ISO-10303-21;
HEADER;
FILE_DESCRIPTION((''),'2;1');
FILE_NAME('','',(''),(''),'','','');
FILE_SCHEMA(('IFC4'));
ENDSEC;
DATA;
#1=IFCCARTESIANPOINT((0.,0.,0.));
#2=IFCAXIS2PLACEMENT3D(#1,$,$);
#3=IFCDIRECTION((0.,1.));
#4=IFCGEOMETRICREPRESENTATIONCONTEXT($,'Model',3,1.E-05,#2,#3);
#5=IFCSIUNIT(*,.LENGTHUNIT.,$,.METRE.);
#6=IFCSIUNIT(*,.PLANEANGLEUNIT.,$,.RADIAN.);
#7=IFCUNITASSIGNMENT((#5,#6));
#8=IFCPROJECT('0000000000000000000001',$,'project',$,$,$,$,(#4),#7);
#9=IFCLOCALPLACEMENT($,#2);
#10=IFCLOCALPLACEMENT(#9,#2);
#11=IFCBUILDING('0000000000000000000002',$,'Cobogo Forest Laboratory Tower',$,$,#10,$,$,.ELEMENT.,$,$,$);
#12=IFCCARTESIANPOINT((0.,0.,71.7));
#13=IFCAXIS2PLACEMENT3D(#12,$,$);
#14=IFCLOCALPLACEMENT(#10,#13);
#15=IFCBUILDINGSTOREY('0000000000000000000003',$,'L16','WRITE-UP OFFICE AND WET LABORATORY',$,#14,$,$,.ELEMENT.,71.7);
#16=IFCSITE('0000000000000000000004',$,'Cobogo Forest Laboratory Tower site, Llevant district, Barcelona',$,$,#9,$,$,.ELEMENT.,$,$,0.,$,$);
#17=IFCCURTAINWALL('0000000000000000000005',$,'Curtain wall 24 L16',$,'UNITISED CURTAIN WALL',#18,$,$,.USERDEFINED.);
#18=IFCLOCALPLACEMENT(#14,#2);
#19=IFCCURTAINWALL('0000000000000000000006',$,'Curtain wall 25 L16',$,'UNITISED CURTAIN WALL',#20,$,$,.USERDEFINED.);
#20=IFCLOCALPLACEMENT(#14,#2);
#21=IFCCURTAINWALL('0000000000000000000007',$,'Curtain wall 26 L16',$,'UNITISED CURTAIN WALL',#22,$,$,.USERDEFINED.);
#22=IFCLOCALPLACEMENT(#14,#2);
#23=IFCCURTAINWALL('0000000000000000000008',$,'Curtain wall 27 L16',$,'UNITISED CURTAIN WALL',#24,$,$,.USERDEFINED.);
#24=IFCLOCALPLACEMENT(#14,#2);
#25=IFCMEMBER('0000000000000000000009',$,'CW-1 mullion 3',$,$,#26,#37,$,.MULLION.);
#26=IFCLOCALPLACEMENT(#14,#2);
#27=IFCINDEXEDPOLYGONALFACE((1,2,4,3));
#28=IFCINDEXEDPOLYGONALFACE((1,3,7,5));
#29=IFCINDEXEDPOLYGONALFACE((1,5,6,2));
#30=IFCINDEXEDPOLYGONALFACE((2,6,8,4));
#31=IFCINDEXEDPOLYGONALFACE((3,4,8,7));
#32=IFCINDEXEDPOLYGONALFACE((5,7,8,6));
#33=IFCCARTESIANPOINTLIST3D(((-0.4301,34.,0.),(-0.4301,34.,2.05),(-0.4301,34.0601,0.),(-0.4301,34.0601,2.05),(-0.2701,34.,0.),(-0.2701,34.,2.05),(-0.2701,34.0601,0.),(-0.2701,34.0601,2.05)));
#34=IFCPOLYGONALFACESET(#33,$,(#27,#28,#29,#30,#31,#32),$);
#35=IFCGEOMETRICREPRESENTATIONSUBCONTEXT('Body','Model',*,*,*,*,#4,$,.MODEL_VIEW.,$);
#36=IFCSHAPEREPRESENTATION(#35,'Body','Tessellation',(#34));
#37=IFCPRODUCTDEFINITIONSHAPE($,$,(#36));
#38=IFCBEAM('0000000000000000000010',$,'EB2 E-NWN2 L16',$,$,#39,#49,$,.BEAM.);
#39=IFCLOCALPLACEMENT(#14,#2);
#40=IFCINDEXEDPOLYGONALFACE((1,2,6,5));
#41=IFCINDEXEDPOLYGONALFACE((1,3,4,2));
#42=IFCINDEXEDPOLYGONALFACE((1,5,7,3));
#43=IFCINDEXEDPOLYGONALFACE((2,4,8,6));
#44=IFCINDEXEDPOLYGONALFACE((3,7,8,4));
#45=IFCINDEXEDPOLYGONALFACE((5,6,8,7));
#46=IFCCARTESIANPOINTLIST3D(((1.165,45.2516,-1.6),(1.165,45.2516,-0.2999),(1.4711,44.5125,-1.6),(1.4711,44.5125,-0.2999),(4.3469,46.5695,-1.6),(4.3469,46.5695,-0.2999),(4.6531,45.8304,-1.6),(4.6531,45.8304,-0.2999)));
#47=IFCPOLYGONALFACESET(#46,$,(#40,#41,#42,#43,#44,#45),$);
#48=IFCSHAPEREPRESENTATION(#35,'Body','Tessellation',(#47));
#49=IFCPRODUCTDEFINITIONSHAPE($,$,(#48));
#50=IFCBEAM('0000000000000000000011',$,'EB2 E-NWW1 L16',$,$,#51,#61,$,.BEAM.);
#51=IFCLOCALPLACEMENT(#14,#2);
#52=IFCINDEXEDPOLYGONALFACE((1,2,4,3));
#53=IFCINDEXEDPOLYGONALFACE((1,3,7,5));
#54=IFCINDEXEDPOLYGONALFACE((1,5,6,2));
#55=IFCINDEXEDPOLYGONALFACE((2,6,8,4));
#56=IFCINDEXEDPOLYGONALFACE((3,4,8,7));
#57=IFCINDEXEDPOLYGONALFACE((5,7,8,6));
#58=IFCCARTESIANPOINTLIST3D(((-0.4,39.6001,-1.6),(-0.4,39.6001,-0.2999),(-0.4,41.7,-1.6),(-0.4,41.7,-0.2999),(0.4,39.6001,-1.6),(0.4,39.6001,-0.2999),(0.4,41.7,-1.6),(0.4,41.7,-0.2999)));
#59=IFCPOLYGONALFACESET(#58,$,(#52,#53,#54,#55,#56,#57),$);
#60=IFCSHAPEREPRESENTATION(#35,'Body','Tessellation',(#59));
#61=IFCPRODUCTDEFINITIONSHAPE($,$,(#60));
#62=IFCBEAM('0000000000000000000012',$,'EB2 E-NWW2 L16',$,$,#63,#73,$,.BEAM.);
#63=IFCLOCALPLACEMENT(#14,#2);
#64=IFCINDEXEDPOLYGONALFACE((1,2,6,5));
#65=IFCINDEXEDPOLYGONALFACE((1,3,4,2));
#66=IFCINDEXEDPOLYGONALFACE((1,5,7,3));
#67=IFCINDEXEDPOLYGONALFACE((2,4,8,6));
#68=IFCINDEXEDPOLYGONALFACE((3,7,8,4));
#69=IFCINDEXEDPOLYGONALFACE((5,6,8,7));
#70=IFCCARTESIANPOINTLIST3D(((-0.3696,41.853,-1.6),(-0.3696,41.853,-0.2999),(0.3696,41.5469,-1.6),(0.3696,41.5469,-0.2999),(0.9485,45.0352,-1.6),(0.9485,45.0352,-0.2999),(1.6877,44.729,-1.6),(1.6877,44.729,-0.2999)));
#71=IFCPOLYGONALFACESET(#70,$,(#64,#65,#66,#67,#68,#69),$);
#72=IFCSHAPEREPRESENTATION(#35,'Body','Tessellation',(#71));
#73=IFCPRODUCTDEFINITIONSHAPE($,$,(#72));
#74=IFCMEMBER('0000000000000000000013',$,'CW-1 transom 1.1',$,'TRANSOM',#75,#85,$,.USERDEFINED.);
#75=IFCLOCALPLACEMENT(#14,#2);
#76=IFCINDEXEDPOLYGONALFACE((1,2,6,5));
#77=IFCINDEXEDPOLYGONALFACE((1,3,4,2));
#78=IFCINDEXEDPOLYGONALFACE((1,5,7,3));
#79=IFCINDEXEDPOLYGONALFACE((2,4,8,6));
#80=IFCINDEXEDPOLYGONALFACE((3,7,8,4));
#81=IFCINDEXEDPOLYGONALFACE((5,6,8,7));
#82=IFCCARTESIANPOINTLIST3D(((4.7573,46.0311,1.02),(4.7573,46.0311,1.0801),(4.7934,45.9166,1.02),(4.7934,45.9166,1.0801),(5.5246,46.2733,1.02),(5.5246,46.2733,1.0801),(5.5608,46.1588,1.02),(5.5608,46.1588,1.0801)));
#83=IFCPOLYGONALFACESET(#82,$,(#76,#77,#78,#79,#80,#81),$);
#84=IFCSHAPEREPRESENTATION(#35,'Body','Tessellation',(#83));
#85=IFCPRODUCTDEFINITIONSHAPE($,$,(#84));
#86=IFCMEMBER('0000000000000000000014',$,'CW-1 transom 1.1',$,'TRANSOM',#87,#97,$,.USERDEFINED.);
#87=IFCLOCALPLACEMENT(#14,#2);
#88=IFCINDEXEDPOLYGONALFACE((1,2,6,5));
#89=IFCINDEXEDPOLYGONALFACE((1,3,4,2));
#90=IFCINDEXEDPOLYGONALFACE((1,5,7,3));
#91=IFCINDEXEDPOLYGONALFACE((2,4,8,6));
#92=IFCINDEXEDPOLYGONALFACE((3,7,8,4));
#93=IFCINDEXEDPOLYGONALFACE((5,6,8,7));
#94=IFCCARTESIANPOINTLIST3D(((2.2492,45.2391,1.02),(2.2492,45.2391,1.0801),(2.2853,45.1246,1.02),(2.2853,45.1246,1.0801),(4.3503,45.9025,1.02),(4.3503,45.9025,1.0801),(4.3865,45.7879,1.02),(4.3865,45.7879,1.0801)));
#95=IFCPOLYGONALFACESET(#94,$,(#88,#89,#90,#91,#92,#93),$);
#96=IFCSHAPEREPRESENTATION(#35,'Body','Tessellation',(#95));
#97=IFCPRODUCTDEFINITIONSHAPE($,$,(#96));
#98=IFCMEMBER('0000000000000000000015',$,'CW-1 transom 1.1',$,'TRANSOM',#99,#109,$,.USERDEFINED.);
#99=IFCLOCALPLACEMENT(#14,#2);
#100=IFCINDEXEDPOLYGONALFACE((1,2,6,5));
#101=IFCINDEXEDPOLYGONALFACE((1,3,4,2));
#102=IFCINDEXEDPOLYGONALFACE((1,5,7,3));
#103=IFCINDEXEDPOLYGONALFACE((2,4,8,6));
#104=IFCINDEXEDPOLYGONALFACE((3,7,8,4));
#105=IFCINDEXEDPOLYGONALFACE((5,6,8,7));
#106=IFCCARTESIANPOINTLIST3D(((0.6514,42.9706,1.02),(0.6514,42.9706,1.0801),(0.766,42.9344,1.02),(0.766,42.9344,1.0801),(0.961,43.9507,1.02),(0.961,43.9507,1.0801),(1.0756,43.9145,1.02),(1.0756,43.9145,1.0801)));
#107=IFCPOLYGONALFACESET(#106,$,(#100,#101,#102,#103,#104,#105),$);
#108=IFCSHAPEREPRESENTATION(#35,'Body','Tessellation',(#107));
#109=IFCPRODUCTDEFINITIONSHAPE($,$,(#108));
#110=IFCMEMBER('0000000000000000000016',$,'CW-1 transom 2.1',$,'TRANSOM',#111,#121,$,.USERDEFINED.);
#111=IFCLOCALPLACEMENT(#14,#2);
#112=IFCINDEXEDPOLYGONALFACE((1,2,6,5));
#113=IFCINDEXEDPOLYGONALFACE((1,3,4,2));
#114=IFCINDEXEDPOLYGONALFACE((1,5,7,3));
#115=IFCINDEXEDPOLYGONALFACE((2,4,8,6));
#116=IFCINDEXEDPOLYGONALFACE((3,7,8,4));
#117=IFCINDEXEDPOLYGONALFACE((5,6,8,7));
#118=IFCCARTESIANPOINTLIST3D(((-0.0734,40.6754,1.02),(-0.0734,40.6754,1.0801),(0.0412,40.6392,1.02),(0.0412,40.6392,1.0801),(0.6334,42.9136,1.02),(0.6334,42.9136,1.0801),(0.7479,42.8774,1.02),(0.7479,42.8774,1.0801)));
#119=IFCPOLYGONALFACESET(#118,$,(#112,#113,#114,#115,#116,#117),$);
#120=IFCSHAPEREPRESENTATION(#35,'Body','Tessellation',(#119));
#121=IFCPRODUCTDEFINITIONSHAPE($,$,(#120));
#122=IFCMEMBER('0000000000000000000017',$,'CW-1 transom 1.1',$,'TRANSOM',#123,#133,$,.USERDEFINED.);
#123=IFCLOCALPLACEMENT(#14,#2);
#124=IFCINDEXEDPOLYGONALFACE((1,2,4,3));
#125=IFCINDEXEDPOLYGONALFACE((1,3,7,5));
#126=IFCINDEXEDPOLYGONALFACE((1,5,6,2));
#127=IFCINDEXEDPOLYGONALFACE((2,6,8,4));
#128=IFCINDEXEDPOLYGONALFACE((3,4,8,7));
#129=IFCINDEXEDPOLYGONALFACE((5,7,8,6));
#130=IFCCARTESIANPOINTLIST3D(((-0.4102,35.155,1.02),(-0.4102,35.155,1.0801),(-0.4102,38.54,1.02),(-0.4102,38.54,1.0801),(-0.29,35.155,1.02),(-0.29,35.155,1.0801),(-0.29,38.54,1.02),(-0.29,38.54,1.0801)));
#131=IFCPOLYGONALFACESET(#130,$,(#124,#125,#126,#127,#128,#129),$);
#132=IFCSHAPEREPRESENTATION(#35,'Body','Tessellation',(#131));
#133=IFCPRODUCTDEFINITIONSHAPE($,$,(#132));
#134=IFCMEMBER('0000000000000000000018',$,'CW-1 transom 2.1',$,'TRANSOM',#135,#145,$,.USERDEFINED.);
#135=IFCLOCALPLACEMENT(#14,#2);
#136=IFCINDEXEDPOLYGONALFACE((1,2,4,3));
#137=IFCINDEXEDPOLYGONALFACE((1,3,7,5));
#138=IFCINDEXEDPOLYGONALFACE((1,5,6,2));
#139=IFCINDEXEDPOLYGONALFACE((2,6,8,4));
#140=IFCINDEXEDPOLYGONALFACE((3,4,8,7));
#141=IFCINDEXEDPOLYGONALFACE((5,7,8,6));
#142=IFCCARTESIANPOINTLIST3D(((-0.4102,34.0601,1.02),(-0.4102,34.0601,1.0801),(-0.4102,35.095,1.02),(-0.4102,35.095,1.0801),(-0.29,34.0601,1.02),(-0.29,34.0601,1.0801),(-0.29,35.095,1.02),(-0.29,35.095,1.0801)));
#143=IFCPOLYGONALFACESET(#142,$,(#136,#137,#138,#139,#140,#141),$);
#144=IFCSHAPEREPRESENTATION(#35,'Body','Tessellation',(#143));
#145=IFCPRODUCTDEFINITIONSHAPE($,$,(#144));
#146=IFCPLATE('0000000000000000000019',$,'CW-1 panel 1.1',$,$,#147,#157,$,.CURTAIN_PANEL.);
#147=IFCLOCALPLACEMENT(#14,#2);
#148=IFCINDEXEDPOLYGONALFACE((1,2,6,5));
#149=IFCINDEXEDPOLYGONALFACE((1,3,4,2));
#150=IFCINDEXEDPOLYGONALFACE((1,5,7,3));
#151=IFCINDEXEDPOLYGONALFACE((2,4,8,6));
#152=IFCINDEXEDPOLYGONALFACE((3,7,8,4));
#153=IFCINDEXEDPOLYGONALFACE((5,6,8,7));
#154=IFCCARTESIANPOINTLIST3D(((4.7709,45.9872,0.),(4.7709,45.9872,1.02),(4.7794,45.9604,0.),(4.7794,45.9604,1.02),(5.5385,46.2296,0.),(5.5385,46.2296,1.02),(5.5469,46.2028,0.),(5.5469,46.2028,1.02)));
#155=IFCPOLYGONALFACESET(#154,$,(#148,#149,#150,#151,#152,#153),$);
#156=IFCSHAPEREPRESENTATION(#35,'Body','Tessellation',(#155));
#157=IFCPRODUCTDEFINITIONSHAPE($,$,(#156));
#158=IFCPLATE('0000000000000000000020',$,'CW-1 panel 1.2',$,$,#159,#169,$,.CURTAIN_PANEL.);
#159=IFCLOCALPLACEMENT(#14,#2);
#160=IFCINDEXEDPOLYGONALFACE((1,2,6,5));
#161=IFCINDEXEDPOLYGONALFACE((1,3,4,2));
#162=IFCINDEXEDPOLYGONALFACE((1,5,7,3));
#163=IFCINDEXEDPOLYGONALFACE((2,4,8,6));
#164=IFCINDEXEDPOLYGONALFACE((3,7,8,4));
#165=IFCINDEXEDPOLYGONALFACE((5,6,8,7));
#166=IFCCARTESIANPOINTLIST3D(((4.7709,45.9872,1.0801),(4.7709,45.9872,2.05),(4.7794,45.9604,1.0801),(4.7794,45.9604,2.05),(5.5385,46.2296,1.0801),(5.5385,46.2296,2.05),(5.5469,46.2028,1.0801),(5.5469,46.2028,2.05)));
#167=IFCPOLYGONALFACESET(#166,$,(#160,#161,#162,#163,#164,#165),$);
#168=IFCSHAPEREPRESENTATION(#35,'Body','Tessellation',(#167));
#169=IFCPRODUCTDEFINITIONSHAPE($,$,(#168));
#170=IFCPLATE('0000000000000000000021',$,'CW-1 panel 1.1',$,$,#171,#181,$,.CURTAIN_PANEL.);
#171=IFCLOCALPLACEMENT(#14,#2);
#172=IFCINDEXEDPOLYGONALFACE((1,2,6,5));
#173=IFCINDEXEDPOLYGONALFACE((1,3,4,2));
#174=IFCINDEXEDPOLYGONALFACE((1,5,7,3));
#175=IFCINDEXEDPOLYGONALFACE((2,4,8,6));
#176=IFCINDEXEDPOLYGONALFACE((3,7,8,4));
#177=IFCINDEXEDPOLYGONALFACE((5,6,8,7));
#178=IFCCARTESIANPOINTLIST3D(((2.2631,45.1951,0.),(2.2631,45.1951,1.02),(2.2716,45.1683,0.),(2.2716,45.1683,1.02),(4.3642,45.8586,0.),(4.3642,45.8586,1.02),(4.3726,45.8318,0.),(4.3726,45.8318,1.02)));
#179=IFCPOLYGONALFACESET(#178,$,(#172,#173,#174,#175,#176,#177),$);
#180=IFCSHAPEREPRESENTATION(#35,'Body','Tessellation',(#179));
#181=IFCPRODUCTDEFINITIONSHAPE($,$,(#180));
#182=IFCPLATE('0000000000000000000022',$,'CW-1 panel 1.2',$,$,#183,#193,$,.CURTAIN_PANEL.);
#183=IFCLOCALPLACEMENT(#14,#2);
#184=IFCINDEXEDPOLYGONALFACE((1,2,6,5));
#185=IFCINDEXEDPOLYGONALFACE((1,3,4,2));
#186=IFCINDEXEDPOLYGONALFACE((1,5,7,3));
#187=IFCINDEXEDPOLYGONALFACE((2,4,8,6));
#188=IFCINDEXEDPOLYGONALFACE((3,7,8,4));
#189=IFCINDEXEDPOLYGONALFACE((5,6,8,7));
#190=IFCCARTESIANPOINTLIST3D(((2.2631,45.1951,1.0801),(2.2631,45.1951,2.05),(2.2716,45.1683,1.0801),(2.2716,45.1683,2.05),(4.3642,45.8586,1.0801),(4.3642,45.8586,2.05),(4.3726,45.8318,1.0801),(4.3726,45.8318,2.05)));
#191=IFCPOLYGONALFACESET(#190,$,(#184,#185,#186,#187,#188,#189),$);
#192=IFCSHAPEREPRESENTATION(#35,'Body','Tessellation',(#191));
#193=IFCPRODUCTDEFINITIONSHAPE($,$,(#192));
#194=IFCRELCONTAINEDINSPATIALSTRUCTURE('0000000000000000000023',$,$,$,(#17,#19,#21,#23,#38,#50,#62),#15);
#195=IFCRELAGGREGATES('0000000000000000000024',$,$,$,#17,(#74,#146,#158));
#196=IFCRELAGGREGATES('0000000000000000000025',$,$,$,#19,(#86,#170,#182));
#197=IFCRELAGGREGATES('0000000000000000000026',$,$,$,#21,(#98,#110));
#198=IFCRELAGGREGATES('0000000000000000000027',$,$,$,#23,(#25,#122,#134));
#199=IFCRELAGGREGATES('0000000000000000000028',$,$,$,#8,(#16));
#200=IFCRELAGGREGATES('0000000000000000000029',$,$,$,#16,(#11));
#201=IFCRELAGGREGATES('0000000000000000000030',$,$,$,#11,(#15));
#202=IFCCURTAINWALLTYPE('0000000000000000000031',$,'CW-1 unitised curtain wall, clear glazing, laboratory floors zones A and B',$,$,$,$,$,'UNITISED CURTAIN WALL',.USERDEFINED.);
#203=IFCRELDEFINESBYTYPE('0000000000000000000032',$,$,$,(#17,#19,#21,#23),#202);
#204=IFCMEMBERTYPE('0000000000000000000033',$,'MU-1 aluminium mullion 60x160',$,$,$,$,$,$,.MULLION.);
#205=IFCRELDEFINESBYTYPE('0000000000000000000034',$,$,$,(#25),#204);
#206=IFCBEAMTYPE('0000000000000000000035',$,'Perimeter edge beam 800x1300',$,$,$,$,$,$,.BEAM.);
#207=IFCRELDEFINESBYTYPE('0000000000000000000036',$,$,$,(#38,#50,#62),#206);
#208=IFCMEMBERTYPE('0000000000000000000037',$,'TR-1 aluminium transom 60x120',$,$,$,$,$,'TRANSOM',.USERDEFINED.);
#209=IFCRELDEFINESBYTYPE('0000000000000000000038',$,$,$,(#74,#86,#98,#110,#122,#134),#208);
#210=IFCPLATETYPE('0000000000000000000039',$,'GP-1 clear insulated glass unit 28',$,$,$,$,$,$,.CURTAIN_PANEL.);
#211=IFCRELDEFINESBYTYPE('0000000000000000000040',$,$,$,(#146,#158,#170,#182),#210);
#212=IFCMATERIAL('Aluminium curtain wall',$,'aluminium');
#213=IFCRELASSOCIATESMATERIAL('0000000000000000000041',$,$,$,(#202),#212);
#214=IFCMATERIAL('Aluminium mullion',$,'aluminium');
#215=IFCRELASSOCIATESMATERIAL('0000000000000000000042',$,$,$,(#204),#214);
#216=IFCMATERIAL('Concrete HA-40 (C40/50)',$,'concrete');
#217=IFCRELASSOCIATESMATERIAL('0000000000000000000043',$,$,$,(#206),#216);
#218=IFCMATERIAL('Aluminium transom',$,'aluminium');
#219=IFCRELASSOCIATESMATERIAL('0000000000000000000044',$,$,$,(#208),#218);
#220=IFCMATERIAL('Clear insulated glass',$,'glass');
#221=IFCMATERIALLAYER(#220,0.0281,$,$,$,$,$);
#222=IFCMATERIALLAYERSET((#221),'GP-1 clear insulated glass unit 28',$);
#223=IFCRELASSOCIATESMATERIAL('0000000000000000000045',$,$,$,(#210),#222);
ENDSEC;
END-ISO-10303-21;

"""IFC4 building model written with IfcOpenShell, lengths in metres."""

from ifc_helpers import new_model, si_unit, direction, frame, origin, origin_2d, place, context, subcontext, project, spatial, rectangle, extrude, material, layer, layer_set, material_profile, profile_set, type_object, element, aggregate, save


model = new_model("IFC4")

# Units and contexts
model_context = context("Model", 3, precision=1e-05, world=origin(), true_north=direction((0.0, 1.0)))
body_context = subcontext(model_context, "Body", "Model", "MODEL_VIEW")
ifc_project = project(units=[si_unit("LENGTHUNIT", "METRE"), si_unit("PLANEANGLEUNIT", "RADIAN")], contexts=[model_context])

# Site, building, storey
site_placement = place(None, origin())
site = spatial("IfcSite", under=ifc_project, at=site_placement, Name="Cobogo Forest Laboratory Tower site, Llevant district, Barcelona", CompositionType="ELEMENT", RefElevation=0.0)
building_placement = place(site_placement, origin())
building = spatial("IfcBuilding", under=site, at=building_placement, Name="Cobogo Forest Laboratory Tower", CompositionType="ELEMENT")
storey_placement = place(building_placement, frame((0.0, 0.0, 71.7)))
storey = spatial("IfcBuildingStorey", under=building, at=storey_placement, Name="L16", Description="WRITE-UP OFFICE AND WET LABORATORY", CompositionType="ELEMENT", Elevation=71.7)

# Curtain wall
ifc_material_1 = material(Name="Aluminium curtain wall", Category="aluminium")
curtain_wall_type = type_object("IfcCurtainWallType", Name="CW-1 unitised curtain wall, clear glazing, laboratory floors zones A and B", ElementType="UNITISED CURTAIN WALL", PredefinedType="USERDEFINED", material=ifc_material_1)
curtain_wall_1_placement = place(storey_placement, origin())
curtain_wall_1 = element("IfcCurtainWall", 1, at=curtain_wall_1_placement, inside=storey, type_object=curtain_wall_type, Name="Curtain wall 24 L16", ObjectType="UNITISED CURTAIN WALL", PredefinedType="USERDEFINED")
ifc_material_2 = material(Name="Aluminium mullion", Category="aluminium")
ifc_material_profile_1 = material_profile(ifc_material_2, rectangle(XDim=0.0601, YDim=0.1599, at=origin_2d()), Name="AL 60x160")
ifc_profile_set_1 = profile_set([ifc_material_profile_1], Name="Aluminium mullion")
member_type_1 = type_object("IfcMemberType", Name="MU-1 aluminium mullion 60x160", PredefinedType="MULLION", material=ifc_profile_set_1)

# Curtain walls, member
curtain_wall_2_placement = place(storey_placement, origin())
curtain_wall_2 = element("IfcCurtainWall", 2, at=curtain_wall_2_placement, inside=storey, type_object=curtain_wall_type, Name="Curtain wall 25 L16", ObjectType="UNITISED CURTAIN WALL", PredefinedType="USERDEFINED")
curtain_wall_3_placement = place(storey_placement, origin())
curtain_wall_3 = element("IfcCurtainWall", 3, at=curtain_wall_3_placement, inside=storey, type_object=curtain_wall_type, Name="Curtain wall 26 L16", ObjectType="UNITISED CURTAIN WALL", PredefinedType="USERDEFINED")
curtain_wall_4_placement = place(storey_placement, origin())
curtain_wall_4 = element("IfcCurtainWall", 4, at=curtain_wall_4_placement, inside=storey, type_object=curtain_wall_type, Name="Curtain wall 27 L16", ObjectType="UNITISED CURTAIN WALL", PredefinedType="USERDEFINED")
member_1_placement = place(storey_placement, frame((-0.3501, 34.03, 0.0), z_axis=(0.0, 0.0, 1.0), x_axis=(0.0, -1.0, 0.0)))
member_1 = element("IfcMember", 5, at=member_1_placement, type_object=member_type_1, Name="CW-1 mullion 3", PredefinedType="MULLION", context=body_context, shape_type="SweptSolid", body=[
    extrude(rectangle(XDim=0.0601, YDim=0.1599, at=origin_2d()), origin(), (0.0, 0.0, 1.0), 2.05),
])

# Beams
ifc_material_3 = material(Name="Concrete HA-40 (C40/50)", Category="concrete")
ifc_material_profile_2 = material_profile(ifc_material_3, rectangle(XDim=0.8, YDim=1.3, at=origin_2d()), Name="RC 800x1300")
ifc_profile_set_2 = profile_set([ifc_material_profile_2], Name="Concrete HA-40 (C40/50)")
beam_type_1 = type_object("IfcBeamType", Name="Perimeter edge beam 800x1300", PredefinedType="BEAM", material=ifc_profile_set_2)
beam_1_placement = place(storey_placement, frame((4.5, 46.2, -0.95), z_axis=(-0.923891, -0.382656, 0.0), x_axis=(0.382656, -0.923891, 0.0)))
element("IfcBeam", 6, at=beam_1_placement, inside=storey, type_object=beam_type_1, Name="EB2 E-NWN2 L16", PredefinedType="BEAM", context=body_context, shape_type="SweptSolid", body=[
    extrude(rectangle(XDim=0.8, YDim=1.3, at=origin_2d()), origin(), (0.0, 0.0, 1.0), 3.4441),
])
beam_2_placement = place(storey_placement, frame((0.0, 39.6001, -0.95), z_axis=(0.0, 1.0, 0.0), x_axis=(-1.0, 0.0, 0.0)))
element("IfcBeam", 7, at=beam_2_placement, inside=storey, type_object=beam_type_1, Name="EB2 E-NWW1 L16", PredefinedType="BEAM", context=body_context, shape_type="SweptSolid", body=[
    extrude(rectangle(XDim=0.8, YDim=1.3, at=origin_2d()), origin(), (0.0, 0.0, 1.0), 2.0999),
])
beam_3_placement = place(storey_placement, frame((0.0, 41.7, -0.95), z_axis=(0.382692, 0.923876, 0.0), x_axis=(-0.923876, 0.382692, 0.0)))
element("IfcBeam", 8, at=beam_3_placement, inside=storey, type_object=beam_type_1, Name="EB2 E-NWW2 L16", PredefinedType="BEAM", context=body_context, shape_type="SweptSolid", body=[
    extrude(rectangle(XDim=0.8, YDim=1.3, at=origin_2d()), origin(), (0.0, 0.0, 1.0), 3.4443),
])

# Members
ifc_material_4 = material(Name="Aluminium transom", Category="aluminium")
ifc_material_profile_3 = material_profile(ifc_material_4, rectangle(XDim=0.1201, YDim=0.0601, at=origin_2d()), Name="AL 60x120")
ifc_profile_set_3 = profile_set([ifc_material_profile_3], Name="Aluminium transom")
member_type_2 = type_object("IfcMemberType", Name="TR-1 aluminium transom 60x120", ElementType="TRANSOM", PredefinedType="USERDEFINED", material=ifc_profile_set_3)
member_2_placement = place(storey_placement, frame((5.5427, 46.2161, 1.05), z_axis=(-0.953629, -0.300986, 0.0), x_axis=(0.300986, -0.953629, 0.0)))
member_2 = element("IfcMember", 9, at=member_2_placement, type_object=member_type_2, Name="CW-1 transom 1.1", ObjectType="TRANSOM", PredefinedType="USERDEFINED", context=body_context, shape_type="SweptSolid", body=[
    extrude(rectangle(XDim=0.1201, YDim=0.0601, at=origin_2d()), origin(), (0.0, 0.0, 1.0), 0.8047),
])
member_3_placement = place(storey_placement, frame((4.3684, 45.8452, 1.05), z_axis=(-0.953604, -0.301062, 0.0), x_axis=(0.301062, -0.953604, 0.0)))
member_3 = element("IfcMember", 10, at=member_3_placement, type_object=member_type_2, Name="CW-1 transom 1.1", ObjectType="TRANSOM", PredefinedType="USERDEFINED", context=body_context, shape_type="SweptSolid", body=[
    extrude(rectangle(XDim=0.1201, YDim=0.0601, at=origin_2d()), origin(), (0.0, 0.0, 1.0), 2.2034),
])
member_4_placement = place(storey_placement, frame((1.0183, 43.9326, 1.05), z_axis=(-0.301222, -0.953554, 0.0), x_axis=(0.953554, -0.301222, 0.0)))
member_4 = element("IfcMember", 11, at=member_4_placement, type_object=member_type_2, Name="CW-1 transom 1.1", ObjectType="TRANSOM", PredefinedType="USERDEFINED", context=body_context, shape_type="SweptSolid", body=[
    extrude(rectangle(XDim=0.1201, YDim=0.0601, at=origin_2d()), origin(), (0.0, 0.0, 1.0), 1.0278),
])
member_5_placement = place(storey_placement, frame((0.6907, 42.8955, 1.05), z_axis=(-0.301116, -0.953587, 0.0), x_axis=(0.953587, -0.301116, 0.0)))
member_5 = element("IfcMember", 12, at=member_5_placement, type_object=member_type_2, Name="CW-1 transom 2.1", ObjectType="TRANSOM", PredefinedType="USERDEFINED", context=body_context, shape_type="SweptSolid", body=[
    extrude(rectangle(XDim=0.1201, YDim=0.0601, at=origin_2d()), origin(), (0.0, 0.0, 1.0), 2.3472),
])
member_6_placement = place(storey_placement, frame((-0.3501, 38.54, 1.05), z_axis=(0.0, -1.0, 0.0), x_axis=(1.0, 0.0, 0.0)))
member_6 = element("IfcMember", 13, at=member_6_placement, type_object=member_type_2, Name="CW-1 transom 1.1", ObjectType="TRANSOM", PredefinedType="USERDEFINED", context=body_context, shape_type="SweptSolid", body=[
    extrude(rectangle(XDim=0.1201, YDim=0.0601, at=origin_2d()), origin(), (0.0, 0.0, 1.0), 3.385),
])
member_7_placement = place(storey_placement, frame((-0.3501, 35.095, 1.05), z_axis=(0.0, -1.0, 0.0), x_axis=(1.0, 0.0, 0.0)))
member_7 = element("IfcMember", 14, at=member_7_placement, type_object=member_type_2, Name="CW-1 transom 2.1", ObjectType="TRANSOM", PredefinedType="USERDEFINED", context=body_context, shape_type="SweptSolid", body=[
    extrude(rectangle(XDim=0.1201, YDim=0.0601, at=origin_2d()), origin(), (0.0, 0.0, 1.0), 1.0349),
])

# Plates
ifc_material_5 = material(Name="Clear insulated glass", Category="glass")
ifc_layer_1 = layer(ifc_material_5, 0.0281)
ifc_layer_set_1 = layer_set([ifc_layer_1], Name="GP-1 clear insulated glass unit 28")
plate_type_1 = type_object("IfcPlateType", Name="GP-1 clear insulated glass unit 28", PredefinedType="CURTAIN_PANEL", material=ifc_layer_set_1)
plate_1_placement = place(storey_placement, frame((5.1589, 46.095, 0.0), z_axis=(0.0, 0.0, 1.0), x_axis=(-0.953581, -0.301135, 0.0)))
plate_1 = element("IfcPlate", 15, at=plate_1_placement, type_object=plate_type_1, Name="CW-1 panel 1.1", PredefinedType="CURTAIN_PANEL", context=body_context, shape_type="SweptSolid", body=[
    extrude(rectangle(XDim=0.8049, YDim=0.0281, at=origin_2d()), origin(), (0.0, 0.0, 1.0), 1.02),
])
plate_2_placement = place(storey_placement, frame((5.1589, 46.095, 1.0801), z_axis=(0.0, 0.0, 1.0), x_axis=(-0.953581, -0.301135, 0.0)))
plate_2 = element("IfcPlate", 16, at=plate_2_placement, type_object=plate_type_1, Name="CW-1 panel 1.2", PredefinedType="CURTAIN_PANEL", context=body_context, shape_type="SweptSolid", body=[
    extrude(rectangle(XDim=0.8049, YDim=0.0281, at=origin_2d()), origin(), (0.0, 0.0, 1.0), 0.97),
])
aggregate(curtain_wall_1, [member_2, plate_1, plate_2])
plate_3_placement = place(storey_placement, frame((3.3179, 45.5134, 0.0), z_axis=(0.0, 0.0, 1.0), x_axis=(-0.953581, -0.301135, 0.0)))
plate_3 = element("IfcPlate", 17, at=plate_3_placement, type_object=plate_type_1, Name="CW-1 panel 1.1", PredefinedType="CURTAIN_PANEL", context=body_context, shape_type="SweptSolid", body=[
    extrude(rectangle(XDim=2.2034, YDim=0.0281, at=origin_2d()), origin(), (0.0, 0.0, 1.0), 1.02),
])
plate_4_placement = place(storey_placement, frame((3.3179, 45.5134, 1.0801), z_axis=(0.0, 0.0, 1.0), x_axis=(-0.953581, -0.301135, 0.0)))
plate_4 = element("IfcPlate", 18, at=plate_4_placement, type_object=plate_type_1, Name="CW-1 panel 1.2", PredefinedType="CURTAIN_PANEL", context=body_context, shape_type="SweptSolid", body=[
    extrude(rectangle(XDim=2.2034, YDim=0.0281, at=origin_2d()), origin(), (0.0, 0.0, 1.0), 0.97),
])
aggregate(curtain_wall_2, [member_3, plate_3, plate_4])
aggregate(curtain_wall_3, [member_4, member_5])
aggregate(curtain_wall_4, [member_1, member_6, member_7])

save(model, "model.ifc")
